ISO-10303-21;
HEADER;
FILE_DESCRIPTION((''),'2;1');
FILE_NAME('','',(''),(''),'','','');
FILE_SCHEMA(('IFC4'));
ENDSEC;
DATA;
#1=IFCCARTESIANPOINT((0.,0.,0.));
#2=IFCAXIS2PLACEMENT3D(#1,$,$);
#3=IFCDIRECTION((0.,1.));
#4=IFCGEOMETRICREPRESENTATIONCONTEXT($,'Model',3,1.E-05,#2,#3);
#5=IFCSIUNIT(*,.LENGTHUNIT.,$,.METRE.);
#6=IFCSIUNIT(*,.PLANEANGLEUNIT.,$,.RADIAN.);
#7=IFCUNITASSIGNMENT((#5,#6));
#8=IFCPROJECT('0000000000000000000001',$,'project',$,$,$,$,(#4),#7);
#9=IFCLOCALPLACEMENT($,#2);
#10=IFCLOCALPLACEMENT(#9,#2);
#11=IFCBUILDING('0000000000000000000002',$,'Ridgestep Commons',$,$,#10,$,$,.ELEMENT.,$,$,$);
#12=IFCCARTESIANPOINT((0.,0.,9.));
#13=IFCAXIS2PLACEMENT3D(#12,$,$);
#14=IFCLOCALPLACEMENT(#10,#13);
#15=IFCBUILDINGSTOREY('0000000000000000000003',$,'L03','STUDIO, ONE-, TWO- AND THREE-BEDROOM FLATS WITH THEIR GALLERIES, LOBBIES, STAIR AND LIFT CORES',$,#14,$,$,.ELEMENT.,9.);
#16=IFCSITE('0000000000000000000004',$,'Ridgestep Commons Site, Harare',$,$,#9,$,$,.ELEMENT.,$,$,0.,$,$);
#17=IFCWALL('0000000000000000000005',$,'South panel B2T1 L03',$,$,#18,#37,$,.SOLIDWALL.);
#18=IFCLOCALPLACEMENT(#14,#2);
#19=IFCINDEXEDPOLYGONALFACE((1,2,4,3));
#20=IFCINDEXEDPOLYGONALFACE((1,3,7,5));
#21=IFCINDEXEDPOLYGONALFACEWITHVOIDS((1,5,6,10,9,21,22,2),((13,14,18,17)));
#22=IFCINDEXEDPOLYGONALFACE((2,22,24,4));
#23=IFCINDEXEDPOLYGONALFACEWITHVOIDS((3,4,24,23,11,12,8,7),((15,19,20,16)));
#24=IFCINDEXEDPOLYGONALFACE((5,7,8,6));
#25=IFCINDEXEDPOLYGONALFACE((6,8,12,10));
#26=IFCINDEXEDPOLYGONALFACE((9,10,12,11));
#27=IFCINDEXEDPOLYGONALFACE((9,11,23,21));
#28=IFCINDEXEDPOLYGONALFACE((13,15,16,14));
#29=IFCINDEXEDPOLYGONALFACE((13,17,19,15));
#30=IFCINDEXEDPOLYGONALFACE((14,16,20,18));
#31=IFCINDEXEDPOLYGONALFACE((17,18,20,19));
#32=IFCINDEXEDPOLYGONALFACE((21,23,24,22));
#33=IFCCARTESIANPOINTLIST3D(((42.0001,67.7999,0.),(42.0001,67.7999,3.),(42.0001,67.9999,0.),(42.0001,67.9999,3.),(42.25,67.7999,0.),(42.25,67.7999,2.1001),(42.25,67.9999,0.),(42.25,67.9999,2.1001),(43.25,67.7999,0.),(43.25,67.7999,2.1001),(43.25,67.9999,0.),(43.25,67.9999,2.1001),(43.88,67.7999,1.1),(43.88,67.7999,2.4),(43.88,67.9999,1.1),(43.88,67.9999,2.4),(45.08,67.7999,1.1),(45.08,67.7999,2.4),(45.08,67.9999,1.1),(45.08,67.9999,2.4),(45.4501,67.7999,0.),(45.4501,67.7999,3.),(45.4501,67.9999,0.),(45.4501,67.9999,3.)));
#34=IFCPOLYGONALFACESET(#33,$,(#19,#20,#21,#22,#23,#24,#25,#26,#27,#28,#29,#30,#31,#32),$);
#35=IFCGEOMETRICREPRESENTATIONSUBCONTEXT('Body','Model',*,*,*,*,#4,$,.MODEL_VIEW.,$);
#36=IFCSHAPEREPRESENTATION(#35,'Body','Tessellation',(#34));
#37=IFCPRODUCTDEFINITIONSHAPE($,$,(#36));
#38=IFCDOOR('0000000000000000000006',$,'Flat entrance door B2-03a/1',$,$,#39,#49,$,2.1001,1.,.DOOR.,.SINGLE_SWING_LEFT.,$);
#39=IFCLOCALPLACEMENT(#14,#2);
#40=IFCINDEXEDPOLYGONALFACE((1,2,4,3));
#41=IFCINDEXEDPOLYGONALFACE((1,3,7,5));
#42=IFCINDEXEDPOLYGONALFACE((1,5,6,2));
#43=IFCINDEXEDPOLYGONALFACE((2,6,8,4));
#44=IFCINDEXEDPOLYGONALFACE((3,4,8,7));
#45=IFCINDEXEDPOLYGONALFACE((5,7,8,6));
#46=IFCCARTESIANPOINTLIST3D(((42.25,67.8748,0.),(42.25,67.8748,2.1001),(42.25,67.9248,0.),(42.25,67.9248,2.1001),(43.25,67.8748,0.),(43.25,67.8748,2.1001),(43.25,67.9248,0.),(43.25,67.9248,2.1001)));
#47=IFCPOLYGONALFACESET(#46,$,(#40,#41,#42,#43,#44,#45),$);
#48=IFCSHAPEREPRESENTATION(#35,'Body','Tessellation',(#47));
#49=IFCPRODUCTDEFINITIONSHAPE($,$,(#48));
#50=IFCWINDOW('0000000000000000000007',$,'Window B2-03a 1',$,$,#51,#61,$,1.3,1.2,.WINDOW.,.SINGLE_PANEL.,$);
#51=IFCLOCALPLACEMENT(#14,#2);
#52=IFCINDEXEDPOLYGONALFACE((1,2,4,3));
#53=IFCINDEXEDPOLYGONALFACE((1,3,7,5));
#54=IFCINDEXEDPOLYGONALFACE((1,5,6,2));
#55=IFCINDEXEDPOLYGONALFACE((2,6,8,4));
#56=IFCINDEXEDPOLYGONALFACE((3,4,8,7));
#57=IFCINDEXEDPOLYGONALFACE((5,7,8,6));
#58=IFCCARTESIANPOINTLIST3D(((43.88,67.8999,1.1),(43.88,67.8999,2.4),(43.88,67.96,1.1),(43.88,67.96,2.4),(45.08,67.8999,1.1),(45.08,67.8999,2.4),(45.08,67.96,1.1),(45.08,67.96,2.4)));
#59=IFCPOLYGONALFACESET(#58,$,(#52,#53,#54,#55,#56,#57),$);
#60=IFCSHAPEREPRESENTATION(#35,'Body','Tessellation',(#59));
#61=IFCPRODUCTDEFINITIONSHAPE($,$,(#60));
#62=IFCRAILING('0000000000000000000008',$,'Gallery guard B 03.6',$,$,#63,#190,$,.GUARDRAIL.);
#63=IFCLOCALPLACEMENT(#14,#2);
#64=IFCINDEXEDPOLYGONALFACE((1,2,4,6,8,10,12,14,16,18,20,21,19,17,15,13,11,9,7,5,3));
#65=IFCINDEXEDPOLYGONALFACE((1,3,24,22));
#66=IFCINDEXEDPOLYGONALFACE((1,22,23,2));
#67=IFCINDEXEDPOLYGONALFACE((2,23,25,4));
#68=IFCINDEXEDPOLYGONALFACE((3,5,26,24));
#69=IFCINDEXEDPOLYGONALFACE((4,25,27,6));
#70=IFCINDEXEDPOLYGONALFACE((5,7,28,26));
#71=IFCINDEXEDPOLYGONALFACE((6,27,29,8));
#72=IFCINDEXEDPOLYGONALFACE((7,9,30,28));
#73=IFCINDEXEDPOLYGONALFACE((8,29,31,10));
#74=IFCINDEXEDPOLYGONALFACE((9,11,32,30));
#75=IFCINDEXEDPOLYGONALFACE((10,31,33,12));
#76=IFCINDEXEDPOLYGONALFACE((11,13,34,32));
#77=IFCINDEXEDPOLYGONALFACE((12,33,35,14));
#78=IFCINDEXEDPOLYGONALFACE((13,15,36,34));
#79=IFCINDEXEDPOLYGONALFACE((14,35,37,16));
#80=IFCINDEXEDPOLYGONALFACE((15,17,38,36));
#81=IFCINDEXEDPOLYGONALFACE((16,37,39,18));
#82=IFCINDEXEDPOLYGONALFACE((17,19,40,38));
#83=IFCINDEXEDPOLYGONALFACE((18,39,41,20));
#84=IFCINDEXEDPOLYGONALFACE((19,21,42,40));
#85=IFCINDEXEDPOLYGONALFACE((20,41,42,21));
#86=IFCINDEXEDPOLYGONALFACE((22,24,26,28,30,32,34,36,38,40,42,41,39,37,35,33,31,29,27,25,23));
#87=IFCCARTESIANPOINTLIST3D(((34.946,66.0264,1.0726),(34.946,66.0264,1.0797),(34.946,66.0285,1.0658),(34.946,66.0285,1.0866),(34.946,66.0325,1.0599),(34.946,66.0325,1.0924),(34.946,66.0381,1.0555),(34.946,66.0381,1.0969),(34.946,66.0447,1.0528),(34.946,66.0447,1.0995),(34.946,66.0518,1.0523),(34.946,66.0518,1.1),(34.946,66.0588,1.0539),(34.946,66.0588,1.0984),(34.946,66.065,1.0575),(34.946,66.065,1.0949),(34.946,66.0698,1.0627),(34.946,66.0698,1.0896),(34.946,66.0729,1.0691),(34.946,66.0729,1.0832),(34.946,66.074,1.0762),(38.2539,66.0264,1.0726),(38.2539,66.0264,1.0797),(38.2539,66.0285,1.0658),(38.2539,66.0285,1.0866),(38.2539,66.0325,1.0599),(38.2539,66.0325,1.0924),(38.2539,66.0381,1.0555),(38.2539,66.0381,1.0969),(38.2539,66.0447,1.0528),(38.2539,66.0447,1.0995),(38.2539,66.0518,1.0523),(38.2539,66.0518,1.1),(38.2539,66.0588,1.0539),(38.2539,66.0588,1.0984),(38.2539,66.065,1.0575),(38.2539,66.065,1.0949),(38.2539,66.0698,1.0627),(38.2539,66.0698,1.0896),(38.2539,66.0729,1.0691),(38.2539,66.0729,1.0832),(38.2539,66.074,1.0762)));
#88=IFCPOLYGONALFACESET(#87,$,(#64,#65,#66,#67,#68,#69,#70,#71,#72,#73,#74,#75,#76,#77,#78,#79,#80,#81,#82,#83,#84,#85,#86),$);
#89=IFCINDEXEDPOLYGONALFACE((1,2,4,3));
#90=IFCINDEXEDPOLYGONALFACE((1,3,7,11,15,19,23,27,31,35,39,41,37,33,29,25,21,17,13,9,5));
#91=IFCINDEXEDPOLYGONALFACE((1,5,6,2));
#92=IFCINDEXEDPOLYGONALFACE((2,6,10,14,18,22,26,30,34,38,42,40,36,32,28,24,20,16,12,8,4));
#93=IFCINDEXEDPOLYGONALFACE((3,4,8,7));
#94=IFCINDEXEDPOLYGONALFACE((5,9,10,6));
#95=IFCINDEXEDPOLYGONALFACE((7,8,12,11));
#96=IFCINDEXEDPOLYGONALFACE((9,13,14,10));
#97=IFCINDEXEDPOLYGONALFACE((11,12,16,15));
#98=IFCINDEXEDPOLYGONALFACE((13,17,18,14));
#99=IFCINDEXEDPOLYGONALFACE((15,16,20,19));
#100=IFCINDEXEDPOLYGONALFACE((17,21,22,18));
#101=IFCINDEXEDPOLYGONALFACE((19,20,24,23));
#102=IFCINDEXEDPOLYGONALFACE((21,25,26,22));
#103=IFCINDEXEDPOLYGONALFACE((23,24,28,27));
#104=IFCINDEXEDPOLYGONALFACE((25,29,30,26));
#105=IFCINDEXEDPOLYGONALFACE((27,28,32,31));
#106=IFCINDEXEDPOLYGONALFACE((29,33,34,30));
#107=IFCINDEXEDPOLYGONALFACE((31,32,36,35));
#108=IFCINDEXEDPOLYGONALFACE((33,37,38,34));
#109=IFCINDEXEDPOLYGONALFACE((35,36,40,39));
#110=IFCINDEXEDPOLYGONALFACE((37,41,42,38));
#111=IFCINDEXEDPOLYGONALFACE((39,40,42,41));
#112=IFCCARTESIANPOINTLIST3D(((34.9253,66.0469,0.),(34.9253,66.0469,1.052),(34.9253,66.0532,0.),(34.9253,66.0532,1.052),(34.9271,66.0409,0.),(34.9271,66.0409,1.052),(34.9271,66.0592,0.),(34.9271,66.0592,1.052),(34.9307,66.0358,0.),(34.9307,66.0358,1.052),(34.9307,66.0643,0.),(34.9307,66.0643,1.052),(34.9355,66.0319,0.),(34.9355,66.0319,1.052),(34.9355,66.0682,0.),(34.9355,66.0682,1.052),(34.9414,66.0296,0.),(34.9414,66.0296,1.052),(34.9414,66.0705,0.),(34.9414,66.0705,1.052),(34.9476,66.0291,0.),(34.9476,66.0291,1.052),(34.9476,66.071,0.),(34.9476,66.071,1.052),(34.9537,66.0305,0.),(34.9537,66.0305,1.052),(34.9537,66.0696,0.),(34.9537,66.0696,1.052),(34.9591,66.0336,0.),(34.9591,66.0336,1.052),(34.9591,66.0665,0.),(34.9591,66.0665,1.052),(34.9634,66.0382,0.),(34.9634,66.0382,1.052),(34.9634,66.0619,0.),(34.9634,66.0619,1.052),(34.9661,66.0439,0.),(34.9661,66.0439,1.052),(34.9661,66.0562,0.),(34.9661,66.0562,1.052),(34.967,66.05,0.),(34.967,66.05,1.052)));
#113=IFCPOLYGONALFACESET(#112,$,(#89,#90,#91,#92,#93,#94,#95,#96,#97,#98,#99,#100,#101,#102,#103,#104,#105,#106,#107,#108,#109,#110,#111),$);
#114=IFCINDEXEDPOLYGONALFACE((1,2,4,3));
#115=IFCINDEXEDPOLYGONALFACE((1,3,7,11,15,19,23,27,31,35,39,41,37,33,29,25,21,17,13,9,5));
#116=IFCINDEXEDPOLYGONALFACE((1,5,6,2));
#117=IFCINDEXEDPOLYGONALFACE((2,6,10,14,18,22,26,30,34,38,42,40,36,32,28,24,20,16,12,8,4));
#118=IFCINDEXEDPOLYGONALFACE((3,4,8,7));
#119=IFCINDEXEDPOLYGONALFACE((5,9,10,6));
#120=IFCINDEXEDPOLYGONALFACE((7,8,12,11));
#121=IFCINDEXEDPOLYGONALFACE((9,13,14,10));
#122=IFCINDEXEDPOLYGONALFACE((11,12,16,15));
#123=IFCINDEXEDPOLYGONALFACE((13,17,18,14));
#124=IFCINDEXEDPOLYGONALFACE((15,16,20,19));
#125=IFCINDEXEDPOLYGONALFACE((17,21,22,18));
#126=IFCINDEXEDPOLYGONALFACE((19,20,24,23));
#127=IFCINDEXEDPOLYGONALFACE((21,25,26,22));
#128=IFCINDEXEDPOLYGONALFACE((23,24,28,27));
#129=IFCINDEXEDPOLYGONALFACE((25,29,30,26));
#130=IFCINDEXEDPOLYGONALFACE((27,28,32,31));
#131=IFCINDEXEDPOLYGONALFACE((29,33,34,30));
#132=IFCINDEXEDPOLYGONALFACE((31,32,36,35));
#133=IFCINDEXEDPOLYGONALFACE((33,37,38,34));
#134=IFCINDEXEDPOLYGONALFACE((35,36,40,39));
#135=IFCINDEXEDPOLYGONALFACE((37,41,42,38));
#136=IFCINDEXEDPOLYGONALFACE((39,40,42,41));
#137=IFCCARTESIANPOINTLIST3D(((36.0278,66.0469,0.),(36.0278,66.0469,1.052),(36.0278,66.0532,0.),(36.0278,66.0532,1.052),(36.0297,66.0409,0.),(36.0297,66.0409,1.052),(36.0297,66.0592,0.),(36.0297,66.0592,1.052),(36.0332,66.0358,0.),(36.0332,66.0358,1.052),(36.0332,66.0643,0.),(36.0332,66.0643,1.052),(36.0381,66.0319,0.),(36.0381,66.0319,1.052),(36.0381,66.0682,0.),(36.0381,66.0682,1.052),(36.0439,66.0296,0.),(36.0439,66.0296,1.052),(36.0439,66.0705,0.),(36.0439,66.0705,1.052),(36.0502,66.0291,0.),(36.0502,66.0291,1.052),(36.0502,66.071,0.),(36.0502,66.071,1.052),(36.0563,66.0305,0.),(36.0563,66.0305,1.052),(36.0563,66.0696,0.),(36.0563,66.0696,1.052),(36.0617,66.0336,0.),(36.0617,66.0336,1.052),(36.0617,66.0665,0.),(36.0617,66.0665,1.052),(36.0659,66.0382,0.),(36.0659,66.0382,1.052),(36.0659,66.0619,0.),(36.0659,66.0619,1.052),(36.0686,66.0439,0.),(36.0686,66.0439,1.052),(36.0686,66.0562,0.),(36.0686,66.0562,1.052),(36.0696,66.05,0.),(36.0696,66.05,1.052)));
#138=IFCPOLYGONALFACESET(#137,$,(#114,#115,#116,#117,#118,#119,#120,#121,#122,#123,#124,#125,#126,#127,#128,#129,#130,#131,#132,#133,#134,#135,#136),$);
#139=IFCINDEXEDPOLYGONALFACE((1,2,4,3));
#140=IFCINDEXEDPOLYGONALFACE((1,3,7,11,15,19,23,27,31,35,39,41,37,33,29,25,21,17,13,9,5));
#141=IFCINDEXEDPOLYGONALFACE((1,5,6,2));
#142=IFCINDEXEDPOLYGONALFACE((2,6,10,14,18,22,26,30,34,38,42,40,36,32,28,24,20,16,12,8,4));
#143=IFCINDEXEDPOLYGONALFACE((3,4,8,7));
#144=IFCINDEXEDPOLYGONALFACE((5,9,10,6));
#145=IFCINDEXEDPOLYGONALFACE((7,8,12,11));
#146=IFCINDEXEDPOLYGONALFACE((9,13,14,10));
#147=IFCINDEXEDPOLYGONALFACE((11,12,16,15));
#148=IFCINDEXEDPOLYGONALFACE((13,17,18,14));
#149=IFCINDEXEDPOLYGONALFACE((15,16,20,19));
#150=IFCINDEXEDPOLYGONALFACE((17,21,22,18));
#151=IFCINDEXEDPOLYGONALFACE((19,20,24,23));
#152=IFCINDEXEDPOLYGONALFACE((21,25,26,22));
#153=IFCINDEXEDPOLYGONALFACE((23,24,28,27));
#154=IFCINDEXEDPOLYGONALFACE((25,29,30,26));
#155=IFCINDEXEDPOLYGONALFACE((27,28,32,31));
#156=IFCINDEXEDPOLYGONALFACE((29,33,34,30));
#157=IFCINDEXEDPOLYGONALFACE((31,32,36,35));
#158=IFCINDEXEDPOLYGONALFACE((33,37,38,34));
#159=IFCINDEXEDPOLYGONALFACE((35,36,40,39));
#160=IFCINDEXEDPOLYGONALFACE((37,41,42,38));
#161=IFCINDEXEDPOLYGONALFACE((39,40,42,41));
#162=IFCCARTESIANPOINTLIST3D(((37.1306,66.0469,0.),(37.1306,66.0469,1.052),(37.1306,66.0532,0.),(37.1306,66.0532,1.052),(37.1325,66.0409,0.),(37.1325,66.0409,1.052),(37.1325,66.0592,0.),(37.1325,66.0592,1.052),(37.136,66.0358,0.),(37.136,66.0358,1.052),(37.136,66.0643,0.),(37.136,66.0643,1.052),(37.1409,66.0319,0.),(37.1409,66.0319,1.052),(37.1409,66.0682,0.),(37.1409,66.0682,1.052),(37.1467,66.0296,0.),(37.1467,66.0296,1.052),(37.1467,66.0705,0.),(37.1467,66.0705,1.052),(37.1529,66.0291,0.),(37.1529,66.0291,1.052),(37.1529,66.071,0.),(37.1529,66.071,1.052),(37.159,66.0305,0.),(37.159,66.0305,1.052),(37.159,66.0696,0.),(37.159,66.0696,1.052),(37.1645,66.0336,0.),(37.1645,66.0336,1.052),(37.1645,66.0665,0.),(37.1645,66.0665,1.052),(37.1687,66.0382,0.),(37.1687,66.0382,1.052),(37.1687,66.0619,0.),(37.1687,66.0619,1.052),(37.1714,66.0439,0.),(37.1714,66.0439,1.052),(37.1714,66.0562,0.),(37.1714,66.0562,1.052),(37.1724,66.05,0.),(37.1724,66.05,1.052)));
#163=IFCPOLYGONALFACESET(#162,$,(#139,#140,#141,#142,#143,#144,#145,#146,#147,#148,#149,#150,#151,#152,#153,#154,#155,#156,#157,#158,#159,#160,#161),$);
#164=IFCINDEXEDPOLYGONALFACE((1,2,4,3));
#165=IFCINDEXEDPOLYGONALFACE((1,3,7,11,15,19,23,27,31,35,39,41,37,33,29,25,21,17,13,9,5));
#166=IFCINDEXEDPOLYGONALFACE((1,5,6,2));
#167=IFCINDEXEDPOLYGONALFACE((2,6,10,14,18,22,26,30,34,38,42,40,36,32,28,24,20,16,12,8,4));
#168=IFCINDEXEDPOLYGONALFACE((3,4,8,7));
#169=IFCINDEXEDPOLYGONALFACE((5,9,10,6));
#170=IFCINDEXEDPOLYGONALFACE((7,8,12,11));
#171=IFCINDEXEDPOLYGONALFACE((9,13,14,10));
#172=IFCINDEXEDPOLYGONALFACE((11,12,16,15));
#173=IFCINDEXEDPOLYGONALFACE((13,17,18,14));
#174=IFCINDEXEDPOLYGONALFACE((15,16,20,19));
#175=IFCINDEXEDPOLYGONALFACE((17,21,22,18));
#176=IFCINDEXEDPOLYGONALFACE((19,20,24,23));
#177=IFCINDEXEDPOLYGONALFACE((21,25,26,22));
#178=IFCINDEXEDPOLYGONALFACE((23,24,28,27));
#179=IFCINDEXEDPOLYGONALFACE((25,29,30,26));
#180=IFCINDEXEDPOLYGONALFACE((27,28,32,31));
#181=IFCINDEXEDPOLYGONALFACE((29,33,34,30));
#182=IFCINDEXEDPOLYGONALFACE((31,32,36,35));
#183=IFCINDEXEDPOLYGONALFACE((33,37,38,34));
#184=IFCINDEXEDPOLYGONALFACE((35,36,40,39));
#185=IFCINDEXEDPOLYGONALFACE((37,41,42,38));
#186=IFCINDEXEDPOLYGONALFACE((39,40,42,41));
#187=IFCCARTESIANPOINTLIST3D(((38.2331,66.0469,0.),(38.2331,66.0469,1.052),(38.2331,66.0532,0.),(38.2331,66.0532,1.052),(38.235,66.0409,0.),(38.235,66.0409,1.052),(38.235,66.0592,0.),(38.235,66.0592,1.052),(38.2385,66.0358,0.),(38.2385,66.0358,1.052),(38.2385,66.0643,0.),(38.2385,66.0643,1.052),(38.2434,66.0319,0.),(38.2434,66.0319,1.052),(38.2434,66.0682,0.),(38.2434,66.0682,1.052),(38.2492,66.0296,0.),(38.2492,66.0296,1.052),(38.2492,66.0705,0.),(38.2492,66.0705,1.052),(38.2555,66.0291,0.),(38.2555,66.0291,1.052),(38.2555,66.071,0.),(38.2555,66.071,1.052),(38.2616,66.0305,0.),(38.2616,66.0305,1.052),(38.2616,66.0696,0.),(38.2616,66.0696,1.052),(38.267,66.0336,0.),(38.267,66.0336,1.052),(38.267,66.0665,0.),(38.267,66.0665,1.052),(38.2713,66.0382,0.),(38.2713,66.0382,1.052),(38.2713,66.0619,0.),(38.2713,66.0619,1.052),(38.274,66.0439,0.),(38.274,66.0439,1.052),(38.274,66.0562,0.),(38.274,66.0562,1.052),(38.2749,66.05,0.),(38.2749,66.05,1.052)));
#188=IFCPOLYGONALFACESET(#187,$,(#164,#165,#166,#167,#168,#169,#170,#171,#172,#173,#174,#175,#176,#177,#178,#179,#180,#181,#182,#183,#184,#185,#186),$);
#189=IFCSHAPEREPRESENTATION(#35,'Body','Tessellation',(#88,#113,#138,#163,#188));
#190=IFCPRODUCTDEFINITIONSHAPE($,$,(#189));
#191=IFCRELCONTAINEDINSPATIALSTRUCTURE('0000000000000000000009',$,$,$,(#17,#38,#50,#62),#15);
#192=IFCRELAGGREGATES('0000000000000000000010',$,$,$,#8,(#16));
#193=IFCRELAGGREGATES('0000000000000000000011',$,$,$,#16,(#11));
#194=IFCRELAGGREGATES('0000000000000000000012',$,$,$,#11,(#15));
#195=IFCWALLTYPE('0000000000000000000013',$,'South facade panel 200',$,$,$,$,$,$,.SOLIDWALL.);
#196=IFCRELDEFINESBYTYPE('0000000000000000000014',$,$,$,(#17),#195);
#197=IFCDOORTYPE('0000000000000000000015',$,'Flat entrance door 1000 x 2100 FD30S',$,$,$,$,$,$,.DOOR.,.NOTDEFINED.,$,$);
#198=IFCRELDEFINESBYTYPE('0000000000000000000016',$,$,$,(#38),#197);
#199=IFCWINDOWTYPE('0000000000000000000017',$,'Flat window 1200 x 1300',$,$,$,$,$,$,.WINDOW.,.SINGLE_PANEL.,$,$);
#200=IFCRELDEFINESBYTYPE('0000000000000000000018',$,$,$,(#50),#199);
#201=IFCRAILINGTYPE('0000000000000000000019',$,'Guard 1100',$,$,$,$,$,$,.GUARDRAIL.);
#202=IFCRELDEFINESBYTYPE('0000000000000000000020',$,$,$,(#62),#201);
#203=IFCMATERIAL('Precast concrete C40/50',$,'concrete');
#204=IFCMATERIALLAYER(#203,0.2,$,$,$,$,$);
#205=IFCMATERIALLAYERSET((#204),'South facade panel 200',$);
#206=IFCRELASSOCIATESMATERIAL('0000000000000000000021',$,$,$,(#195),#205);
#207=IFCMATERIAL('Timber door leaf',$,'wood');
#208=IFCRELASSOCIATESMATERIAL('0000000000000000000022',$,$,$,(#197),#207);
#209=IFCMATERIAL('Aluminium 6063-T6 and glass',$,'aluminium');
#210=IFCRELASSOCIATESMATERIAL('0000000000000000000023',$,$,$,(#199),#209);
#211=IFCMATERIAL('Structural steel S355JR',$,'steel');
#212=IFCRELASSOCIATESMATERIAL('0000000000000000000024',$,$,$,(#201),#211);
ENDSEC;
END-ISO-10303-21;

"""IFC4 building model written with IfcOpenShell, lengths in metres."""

from ifc_helpers import new_model, si_unit, direction, frame, frame_2d, origin, origin_2d, place, context, subcontext, project, spatial, rectangle, circle, extrude, material, layer, layer_set, type_object, element, fill, save


model = new_model("IFC4")

# Units and contexts
model_context = context("Model", 3, precision=1e-05, world=origin(), true_north=direction((0.0, 1.0)))
body_context = subcontext(model_context, "Body", "Model", "MODEL_VIEW")
ifc_project = project(units=[si_unit("LENGTHUNIT", "METRE"), si_unit("PLANEANGLEUNIT", "RADIAN")], contexts=[model_context])

# Site, building, storey
site_placement = place(None, origin())
site = spatial("IfcSite", under=ifc_project, at=site_placement, Name="Ridgestep Commons Site, Harare", CompositionType="ELEMENT", RefElevation=0.0)
building_placement = place(site_placement, origin())
building = spatial("IfcBuilding", under=site, at=building_placement, Name="Ridgestep Commons", CompositionType="ELEMENT")
storey_placement = place(building_placement, frame((0.0, 0.0, 9.0)))
storey = spatial("IfcBuildingStorey", under=building, at=storey_placement, Name="L03", Description="STUDIO, ONE-, TWO- AND THREE-BEDROOM FLATS WITH THEIR GALLERIES, LOBBIES, STAIR AND LIFT CORES", CompositionType="ELEMENT", Elevation=9.0)

# Wall, openings, door, window
ifc_material_1 = material(Name="Precast concrete C40/50", Category="concrete")
ifc_layer_1 = layer(ifc_material_1, 0.2)
ifc_layer_set_1 = layer_set([ifc_layer_1], Name="South facade panel 200")
wall_type_1 = type_object("IfcWallType", Name="South facade panel 200", PredefinedType="SOLIDWALL", material=ifc_layer_set_1)
ifc_material_2 = material(Name="Timber door leaf", Category="wood")
door_type_1 = type_object("IfcDoorType", Name="Flat entrance door 1000 x 2100 FD30S", OperationType="NOTDEFINED", PredefinedType="DOOR", material=ifc_material_2)
ifc_material_3 = material(Name="Aluminium 6063-T6 and glass", Category="aluminium")
window_type = type_object("IfcWindowType", Name="Flat window 1200 x 1300", PartitioningType="SINGLE_PANEL", PredefinedType="WINDOW", material=ifc_material_3)
wall_1_placement = place(storey_placement, frame((42.0, 67.8999, 0.0), z_axis=(0.0, 0.0, 1.0), x_axis=(1.0, 0.0, 0.0)))
wall_1 = element("IfcWall", 1, at=wall_1_placement, inside=storey, type_object=wall_type_1, Name="South panel B2T1 L03", PredefinedType="SOLIDWALL", context=body_context, shape_type="SweptSolid", body=[
    extrude(rectangle(XDim=3.45, YDim=0.2, at=frame_2d((1.7251, 0.0))), origin(), (0.0, 0.0, 1.0), 3.0),
])
opening_1_placement = place(wall_1_placement, frame((1.8799, 0.0, 1.1001)))
opening_1 = element("IfcOpeningElement", 2, at=opening_1_placement, cuts=wall_1, PredefinedType="OPENING", context=body_context, shape_type="SweptSolid", body=[
    extrude(rectangle(XDim=1.2, YDim=1.3, at=frame_2d((0.6001, 0.6499))), frame((0.0, 0.1099, 0.0), z_axis=(0.0, -1.0, 0.0), x_axis=(1.0, 0.0, 0.0)), (0.0, 0.0, 1.0), 0.22),
])
opening_2_placement = place(wall_1_placement, frame((0.25, 0.0, 0.0)))
opening_2 = element("IfcOpeningElement", 3, at=opening_2_placement, cuts=wall_1, PredefinedType="OPENING", context=body_context, shape_type="SweptSolid", body=[
    extrude(rectangle(XDim=1.0, YDim=2.1001, at=frame_2d((0.5, 1.05))), frame((0.0, 0.1099, 0.0), z_axis=(0.0, -1.0, 0.0), x_axis=(1.0, 0.0, 0.0)), (0.0, 0.0, 1.0), 0.22),
])
door_1_placement = place(opening_2_placement, origin())
door_1 = element("IfcDoor", 4, at=door_1_placement, inside=storey, type_object=door_type_1, Name="Flat entrance door B2-03a/1", OperationType="SINGLE_SWING_LEFT", OverallHeight=2.1001, OverallWidth=1.0, PredefinedType="DOOR", context=body_context, shape_type="SweptSolid", body=[
    extrude(rectangle(XDim=1.0, YDim=2.1001, at=frame_2d((0.5, 1.05))), frame((0.0, 0.0249, 0.0), z_axis=(0.0, -1.0, 0.0), x_axis=(1.0, 0.0, 0.0)), (0.0, 0.0, 1.0), 0.05),
])
fill(opening_2, door_1)
window_1_placement = place(opening_1_placement, origin())
window_1 = element("IfcWindow", 5, at=window_1_placement, inside=storey, type_object=window_type, Name="Window B2-03a 1", OverallHeight=1.3, OverallWidth=1.2, PartitioningType="SINGLE_PANEL", PredefinedType="WINDOW", context=body_context, shape_type="SweptSolid", body=[
    extrude(rectangle(XDim=1.2, YDim=1.3, at=frame_2d((0.6001, 0.6499))), frame((0.0, 0.0601, 0.0), z_axis=(0.0, -1.0, 0.0), x_axis=(1.0, 0.0, 0.0)), (0.0, 0.0, 1.0), 0.0601),
])
fill(opening_1, window_1)

# Railing
ifc_material_4 = material(Name="Structural steel S355JR", Category="steel")
railing_type = type_object("IfcRailingType", Name="Guard 1100", PredefinedType="GUARDRAIL", material=ifc_material_4)
railing_1_placement = place(storey_placement, frame((34.946, 66.05, 0.0)))
element("IfcRailing", 6, at=railing_1_placement, inside=storey, type_object=railing_type, Name="Gallery guard B 03.6", PredefinedType="GUARDRAIL", context=body_context, shape_type="SweptSolid", body=[
    extrude(circle(Radius=0.0239, at=origin_2d()), frame((0.0, 0.0, 1.0762), z_axis=(1.0, 0.0, 0.0), x_axis=(0.0, 1.0, 0.0)), (0.0, 0.0, 1.0), 3.3079),
    extrude(circle(Radius=0.021, at=origin_2d()), origin(), (0.0, 0.0, 1.0), 1.052),
    extrude(circle(Radius=0.021, at=origin_2d()), frame((1.1025, 0.0, 0.0)), (0.0, 0.0, 1.0), 1.052),
    extrude(circle(Radius=0.021, at=origin_2d()), frame((2.2053, 0.0, 0.0)), (0.0, 0.0, 1.0), 1.052),
    extrude(circle(Radius=0.021, at=origin_2d()), frame((3.3079, 0.0, 0.0)), (0.0, 0.0, 1.0), 1.052),
])

save(model, "model.ifc")
